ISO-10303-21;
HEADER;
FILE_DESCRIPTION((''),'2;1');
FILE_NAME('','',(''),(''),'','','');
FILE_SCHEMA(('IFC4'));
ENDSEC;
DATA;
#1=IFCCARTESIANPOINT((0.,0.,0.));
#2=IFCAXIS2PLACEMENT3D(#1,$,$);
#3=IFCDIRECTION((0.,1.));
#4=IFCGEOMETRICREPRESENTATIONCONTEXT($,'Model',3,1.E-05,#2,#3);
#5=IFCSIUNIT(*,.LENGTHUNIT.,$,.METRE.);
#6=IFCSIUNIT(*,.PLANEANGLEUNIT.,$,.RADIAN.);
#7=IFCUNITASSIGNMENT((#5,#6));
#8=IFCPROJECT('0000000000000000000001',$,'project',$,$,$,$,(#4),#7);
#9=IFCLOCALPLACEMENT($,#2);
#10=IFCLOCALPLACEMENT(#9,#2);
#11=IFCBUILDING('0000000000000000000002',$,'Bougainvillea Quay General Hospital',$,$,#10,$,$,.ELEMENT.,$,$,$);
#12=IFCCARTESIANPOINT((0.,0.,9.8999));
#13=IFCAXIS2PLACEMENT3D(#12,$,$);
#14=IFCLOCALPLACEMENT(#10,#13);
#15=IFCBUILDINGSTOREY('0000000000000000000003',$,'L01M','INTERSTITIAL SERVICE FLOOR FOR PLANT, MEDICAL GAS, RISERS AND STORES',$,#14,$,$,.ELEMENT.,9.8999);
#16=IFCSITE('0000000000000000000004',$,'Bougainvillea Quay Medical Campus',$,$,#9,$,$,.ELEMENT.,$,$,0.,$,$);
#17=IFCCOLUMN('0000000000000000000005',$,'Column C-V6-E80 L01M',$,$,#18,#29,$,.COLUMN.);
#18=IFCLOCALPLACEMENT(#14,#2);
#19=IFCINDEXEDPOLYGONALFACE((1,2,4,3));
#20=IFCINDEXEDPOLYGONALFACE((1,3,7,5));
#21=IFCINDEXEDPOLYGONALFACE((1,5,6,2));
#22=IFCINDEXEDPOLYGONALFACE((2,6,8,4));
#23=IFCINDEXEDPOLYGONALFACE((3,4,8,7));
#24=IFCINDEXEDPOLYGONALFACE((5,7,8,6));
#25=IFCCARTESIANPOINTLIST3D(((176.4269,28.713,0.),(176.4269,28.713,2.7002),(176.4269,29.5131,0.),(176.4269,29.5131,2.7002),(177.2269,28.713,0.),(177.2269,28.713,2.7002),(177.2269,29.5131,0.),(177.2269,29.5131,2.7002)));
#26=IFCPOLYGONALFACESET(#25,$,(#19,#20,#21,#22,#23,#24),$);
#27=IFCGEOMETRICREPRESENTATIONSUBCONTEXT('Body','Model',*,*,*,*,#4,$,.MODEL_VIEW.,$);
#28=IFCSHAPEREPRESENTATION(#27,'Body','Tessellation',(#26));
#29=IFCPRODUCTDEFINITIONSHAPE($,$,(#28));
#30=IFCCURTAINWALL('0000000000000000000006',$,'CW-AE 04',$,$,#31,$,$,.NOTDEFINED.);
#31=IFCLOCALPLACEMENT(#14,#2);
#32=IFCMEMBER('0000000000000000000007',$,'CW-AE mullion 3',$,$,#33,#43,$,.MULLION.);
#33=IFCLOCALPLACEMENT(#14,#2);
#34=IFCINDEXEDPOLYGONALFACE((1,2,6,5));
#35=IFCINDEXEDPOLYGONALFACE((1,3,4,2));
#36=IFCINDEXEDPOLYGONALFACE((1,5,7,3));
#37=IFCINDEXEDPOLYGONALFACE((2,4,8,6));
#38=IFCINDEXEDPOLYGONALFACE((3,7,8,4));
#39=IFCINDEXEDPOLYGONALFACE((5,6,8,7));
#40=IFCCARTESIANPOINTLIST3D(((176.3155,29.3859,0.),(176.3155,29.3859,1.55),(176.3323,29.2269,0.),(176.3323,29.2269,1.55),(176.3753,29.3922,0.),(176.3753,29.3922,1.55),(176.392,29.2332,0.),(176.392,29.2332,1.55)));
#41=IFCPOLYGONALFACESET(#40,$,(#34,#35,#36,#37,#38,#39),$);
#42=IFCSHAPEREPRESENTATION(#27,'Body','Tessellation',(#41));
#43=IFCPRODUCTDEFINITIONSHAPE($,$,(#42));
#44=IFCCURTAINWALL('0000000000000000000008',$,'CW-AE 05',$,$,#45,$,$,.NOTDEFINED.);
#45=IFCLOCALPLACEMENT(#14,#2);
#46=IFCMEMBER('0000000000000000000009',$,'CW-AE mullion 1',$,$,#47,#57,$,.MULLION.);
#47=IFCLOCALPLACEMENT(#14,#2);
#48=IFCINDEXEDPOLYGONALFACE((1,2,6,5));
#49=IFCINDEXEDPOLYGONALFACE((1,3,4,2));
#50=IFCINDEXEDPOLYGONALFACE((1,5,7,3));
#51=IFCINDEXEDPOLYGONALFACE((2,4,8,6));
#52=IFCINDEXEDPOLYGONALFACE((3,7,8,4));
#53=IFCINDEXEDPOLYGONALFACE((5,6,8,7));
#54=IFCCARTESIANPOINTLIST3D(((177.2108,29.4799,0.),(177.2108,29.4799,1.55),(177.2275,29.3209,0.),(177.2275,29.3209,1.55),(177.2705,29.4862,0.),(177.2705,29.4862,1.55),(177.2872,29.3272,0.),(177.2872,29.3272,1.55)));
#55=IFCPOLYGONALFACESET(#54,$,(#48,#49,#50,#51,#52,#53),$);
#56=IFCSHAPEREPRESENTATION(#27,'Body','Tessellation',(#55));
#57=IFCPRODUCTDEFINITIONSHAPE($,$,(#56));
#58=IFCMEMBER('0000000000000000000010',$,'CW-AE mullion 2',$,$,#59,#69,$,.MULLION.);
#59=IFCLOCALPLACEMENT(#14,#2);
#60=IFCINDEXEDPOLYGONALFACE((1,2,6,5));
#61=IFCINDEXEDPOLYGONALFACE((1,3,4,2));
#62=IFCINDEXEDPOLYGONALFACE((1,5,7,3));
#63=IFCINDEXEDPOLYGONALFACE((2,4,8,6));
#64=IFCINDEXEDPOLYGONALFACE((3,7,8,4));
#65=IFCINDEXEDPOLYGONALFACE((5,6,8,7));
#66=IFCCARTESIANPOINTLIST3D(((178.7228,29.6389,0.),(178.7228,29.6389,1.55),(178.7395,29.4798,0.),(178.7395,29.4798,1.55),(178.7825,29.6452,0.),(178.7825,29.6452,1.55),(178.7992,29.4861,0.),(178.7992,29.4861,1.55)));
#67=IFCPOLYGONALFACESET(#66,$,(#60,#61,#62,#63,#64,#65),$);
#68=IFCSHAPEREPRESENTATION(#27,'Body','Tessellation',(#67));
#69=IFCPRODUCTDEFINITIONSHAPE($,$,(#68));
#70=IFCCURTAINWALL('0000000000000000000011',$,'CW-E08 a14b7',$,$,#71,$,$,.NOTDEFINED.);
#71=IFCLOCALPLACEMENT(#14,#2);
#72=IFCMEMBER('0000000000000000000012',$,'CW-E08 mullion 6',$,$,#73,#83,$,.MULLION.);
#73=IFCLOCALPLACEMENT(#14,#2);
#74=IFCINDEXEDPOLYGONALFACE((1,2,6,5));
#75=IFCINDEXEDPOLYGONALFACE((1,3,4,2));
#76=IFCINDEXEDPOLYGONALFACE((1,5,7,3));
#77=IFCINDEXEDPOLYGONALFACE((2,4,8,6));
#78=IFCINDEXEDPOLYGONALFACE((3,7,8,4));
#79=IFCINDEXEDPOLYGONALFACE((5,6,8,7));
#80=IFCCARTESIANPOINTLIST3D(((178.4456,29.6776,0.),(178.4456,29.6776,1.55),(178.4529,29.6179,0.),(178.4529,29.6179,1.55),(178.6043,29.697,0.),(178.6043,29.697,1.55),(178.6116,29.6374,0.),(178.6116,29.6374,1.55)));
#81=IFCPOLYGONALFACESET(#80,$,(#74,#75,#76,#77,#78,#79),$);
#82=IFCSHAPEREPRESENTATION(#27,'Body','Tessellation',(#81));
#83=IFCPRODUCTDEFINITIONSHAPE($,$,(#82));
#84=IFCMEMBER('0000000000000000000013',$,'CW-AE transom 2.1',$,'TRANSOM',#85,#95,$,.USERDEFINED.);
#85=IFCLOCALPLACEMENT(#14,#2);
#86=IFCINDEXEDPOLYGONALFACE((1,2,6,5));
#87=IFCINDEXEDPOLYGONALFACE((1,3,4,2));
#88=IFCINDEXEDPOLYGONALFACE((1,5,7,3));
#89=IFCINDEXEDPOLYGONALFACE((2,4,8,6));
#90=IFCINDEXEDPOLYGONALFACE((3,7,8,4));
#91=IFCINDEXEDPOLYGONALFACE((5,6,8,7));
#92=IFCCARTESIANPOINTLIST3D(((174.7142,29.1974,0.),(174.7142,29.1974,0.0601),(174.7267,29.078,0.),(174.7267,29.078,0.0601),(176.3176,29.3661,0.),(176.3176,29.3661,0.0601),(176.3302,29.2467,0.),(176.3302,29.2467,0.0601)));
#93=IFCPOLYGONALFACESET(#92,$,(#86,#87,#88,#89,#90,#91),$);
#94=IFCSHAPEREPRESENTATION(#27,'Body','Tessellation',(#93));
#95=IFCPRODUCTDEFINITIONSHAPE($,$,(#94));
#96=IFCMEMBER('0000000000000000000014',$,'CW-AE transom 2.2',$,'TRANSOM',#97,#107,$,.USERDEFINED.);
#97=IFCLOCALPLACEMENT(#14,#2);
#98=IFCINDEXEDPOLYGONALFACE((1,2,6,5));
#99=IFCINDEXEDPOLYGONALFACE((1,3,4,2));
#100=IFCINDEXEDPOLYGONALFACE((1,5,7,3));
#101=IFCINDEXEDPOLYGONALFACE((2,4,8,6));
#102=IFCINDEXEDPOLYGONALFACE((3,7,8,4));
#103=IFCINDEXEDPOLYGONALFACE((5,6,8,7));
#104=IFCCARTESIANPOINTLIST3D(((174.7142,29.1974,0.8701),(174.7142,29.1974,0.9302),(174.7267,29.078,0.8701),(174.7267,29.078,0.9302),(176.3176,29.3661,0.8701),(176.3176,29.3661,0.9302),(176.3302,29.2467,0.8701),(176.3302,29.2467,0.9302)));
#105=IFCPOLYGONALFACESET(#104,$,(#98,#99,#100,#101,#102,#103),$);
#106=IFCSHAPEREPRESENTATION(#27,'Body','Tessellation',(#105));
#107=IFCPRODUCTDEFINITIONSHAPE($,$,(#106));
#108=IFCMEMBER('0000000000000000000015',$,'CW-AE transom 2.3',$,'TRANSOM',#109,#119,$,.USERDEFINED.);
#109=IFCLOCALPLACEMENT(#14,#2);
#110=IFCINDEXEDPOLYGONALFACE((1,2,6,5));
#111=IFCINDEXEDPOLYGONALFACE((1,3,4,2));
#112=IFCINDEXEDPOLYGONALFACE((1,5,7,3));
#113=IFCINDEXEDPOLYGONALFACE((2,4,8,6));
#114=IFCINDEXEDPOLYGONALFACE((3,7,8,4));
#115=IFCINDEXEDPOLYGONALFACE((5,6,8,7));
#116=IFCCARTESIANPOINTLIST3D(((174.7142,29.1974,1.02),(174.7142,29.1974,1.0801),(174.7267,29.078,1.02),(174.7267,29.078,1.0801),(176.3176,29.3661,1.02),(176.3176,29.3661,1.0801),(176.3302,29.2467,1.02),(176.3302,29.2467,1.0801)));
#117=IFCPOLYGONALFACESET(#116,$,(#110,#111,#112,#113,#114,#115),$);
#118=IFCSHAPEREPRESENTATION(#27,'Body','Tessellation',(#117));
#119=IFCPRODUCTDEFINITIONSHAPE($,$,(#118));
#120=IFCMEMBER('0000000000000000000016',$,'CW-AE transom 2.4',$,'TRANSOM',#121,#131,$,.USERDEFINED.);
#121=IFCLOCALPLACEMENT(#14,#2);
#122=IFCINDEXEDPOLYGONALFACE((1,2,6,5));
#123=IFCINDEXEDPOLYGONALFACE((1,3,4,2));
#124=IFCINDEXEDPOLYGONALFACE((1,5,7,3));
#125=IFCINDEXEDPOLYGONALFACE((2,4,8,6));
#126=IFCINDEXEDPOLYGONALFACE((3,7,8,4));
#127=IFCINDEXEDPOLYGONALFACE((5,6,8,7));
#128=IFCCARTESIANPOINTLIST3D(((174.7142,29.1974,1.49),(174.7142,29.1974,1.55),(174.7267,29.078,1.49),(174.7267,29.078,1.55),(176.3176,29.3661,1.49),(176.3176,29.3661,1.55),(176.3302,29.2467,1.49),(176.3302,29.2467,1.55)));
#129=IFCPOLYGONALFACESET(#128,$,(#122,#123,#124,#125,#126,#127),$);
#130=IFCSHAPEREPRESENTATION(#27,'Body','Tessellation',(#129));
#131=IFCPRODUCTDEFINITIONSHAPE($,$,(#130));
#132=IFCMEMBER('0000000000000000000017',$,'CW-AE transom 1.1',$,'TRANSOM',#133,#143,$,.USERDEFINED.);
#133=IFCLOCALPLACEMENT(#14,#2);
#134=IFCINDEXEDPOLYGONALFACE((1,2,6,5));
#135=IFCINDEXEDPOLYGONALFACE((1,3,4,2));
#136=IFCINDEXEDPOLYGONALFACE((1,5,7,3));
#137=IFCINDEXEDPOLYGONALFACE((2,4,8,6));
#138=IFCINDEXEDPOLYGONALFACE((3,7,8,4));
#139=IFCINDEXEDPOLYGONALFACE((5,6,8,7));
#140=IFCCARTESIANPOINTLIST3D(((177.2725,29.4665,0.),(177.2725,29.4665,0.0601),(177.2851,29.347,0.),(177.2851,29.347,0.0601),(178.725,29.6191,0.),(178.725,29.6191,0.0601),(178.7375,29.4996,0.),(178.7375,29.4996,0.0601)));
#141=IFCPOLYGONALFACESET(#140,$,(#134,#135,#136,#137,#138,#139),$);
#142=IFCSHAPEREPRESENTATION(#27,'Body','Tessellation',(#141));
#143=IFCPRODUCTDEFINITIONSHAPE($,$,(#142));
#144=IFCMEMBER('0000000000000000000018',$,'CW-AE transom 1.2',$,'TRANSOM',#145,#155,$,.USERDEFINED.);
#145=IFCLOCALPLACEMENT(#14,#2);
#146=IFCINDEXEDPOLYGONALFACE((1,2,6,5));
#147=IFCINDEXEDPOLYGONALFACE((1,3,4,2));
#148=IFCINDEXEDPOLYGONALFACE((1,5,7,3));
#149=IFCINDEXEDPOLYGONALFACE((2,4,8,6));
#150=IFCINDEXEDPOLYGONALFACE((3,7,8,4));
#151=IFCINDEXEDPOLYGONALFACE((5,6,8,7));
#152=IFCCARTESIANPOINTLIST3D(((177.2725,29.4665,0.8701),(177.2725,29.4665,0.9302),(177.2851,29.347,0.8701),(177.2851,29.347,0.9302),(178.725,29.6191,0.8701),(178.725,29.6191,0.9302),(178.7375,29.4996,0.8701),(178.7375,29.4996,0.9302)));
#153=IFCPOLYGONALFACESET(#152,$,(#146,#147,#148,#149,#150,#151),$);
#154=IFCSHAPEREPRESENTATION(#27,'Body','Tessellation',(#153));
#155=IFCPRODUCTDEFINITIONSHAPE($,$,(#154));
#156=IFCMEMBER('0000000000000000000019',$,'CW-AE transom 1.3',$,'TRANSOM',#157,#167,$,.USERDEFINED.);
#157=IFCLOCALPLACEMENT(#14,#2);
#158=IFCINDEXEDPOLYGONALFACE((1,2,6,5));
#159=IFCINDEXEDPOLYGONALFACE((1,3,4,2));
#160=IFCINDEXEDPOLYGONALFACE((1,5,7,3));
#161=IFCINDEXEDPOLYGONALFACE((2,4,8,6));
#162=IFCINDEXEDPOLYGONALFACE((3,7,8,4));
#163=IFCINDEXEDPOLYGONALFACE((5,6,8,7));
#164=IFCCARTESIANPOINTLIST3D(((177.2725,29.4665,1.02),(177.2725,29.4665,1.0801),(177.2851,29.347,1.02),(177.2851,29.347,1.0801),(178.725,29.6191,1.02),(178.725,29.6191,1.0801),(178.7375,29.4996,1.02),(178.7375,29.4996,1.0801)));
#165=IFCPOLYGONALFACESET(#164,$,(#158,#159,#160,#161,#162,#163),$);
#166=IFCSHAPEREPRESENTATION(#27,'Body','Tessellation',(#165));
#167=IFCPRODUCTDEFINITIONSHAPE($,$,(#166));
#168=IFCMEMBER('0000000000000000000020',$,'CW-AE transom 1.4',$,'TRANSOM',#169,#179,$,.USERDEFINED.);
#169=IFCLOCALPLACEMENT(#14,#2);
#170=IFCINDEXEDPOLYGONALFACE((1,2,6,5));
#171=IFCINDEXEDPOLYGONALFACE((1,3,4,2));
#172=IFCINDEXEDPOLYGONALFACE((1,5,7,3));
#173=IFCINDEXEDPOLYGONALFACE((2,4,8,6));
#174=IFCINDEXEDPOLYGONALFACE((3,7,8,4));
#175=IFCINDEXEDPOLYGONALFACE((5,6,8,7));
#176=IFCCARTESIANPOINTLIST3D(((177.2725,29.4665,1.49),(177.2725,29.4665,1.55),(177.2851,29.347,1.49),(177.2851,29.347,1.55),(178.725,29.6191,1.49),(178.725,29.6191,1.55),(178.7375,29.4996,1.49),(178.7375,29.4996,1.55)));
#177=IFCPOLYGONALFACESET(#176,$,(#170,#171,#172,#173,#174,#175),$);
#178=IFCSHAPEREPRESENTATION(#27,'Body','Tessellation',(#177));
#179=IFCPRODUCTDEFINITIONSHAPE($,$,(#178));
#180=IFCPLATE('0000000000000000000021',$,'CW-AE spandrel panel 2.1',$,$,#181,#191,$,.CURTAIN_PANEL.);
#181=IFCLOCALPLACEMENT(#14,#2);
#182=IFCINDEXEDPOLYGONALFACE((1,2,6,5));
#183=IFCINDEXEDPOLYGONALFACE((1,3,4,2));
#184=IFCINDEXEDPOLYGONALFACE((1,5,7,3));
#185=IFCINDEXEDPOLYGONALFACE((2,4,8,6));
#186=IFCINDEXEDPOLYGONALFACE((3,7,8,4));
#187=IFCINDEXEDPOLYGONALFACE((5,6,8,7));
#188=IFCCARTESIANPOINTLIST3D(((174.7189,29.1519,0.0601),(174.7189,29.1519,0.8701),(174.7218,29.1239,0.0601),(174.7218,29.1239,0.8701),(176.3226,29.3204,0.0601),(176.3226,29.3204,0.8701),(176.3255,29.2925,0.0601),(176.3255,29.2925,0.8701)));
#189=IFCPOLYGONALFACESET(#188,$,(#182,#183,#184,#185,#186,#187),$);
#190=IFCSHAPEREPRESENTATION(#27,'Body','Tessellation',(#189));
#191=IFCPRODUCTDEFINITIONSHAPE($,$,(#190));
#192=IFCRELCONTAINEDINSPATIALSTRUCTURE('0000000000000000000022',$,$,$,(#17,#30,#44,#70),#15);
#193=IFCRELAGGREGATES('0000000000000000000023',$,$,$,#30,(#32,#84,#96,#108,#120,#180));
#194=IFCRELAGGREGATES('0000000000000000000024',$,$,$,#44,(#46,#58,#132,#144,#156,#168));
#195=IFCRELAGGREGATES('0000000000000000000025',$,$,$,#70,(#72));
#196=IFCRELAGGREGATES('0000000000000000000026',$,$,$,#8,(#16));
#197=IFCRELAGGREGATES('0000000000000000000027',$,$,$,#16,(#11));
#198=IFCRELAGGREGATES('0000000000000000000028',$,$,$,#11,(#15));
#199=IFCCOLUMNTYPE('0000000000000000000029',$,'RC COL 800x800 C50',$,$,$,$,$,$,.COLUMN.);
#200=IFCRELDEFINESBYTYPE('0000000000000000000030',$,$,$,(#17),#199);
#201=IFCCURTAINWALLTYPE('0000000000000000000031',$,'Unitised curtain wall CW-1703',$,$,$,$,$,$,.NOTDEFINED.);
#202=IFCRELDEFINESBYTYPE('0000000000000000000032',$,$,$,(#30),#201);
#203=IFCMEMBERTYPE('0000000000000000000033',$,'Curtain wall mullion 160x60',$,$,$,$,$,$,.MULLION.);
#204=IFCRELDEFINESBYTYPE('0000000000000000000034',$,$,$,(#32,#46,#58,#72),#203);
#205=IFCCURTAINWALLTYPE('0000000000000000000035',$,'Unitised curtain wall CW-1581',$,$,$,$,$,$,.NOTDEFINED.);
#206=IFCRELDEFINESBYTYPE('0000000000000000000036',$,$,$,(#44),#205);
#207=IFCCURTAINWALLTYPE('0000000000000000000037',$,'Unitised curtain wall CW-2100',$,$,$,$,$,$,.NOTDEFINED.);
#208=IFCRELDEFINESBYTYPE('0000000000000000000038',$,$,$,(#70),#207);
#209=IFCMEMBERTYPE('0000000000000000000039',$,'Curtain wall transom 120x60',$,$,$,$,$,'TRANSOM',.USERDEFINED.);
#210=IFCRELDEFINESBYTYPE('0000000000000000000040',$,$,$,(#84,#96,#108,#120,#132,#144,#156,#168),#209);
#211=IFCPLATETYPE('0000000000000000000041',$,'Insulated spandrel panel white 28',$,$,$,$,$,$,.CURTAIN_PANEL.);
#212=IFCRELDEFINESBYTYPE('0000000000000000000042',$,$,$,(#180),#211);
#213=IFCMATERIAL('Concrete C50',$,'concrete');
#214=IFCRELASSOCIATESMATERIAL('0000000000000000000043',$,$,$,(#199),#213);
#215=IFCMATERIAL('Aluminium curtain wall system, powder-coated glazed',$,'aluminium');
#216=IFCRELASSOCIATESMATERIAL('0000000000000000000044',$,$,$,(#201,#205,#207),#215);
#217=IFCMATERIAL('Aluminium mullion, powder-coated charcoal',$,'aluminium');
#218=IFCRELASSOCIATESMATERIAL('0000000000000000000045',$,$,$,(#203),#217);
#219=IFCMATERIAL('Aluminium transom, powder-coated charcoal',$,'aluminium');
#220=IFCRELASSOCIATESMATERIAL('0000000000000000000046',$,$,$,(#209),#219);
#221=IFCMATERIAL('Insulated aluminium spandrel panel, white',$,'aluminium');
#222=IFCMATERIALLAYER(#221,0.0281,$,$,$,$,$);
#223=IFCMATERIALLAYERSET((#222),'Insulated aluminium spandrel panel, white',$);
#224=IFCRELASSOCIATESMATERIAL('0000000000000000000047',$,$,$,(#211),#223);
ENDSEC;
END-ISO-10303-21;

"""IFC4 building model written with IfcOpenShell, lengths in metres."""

from ifc_helpers import new_model, si_unit, direction, frame, origin, origin_2d, place, context, subcontext, project, spatial, rectangle, extrude, material, layer, layer_set, material_profile, profile_set, type_object, element, aggregate, save


model = new_model("IFC4")

# Units and contexts
model_context = context("Model", 3, precision=1e-05, world=origin(), true_north=direction((0.0, 1.0)))
body_context = subcontext(model_context, "Body", "Model", "MODEL_VIEW")
ifc_project = project(units=[si_unit("LENGTHUNIT", "METRE"), si_unit("PLANEANGLEUNIT", "RADIAN")], contexts=[model_context])

# Site, building, storey
site_placement = place(None, origin())
site = spatial("IfcSite", under=ifc_project, at=site_placement, Name="Bougainvillea Quay Medical Campus", CompositionType="ELEMENT", RefElevation=0.0)
building_placement = place(site_placement, origin())
building = spatial("IfcBuilding", under=site, at=building_placement, Name="Bougainvillea Quay General Hospital", CompositionType="ELEMENT")
storey_placement = place(building_placement, frame((0.0, 0.0, 9.8999)))
storey = spatial("IfcBuildingStorey", under=building, at=storey_placement, Name="L01M", Description="INTERSTITIAL SERVICE FLOOR FOR PLANT, MEDICAL GAS, RISERS AND STORES", CompositionType="ELEMENT", Elevation=9.8999)

# Column
ifc_material_1 = material(Name="Concrete C50", Category="concrete")
ifc_material_profile_1 = material_profile(ifc_material_1, rectangle(XDim=0.8, YDim=0.8, at=origin_2d()))
ifc_profile_set_1 = profile_set([ifc_material_profile_1], Name="Concrete C50")
column_type = type_object("IfcColumnType", Name="RC COL 800x800 C50", PredefinedType="COLUMN", material=ifc_profile_set_1)
column_placement = place(storey_placement, frame((176.8269, 29.113, 0.0), z_axis=(0.0, 0.0, 1.0), x_axis=(1.0, 0.0, 0.0)))
element("IfcColumn", 1, at=column_placement, inside=storey, type_object=column_type, Name="Column C-V6-E80 L01M", PredefinedType="COLUMN", context=body_context, shape_type="SweptSolid", body=[
    extrude(rectangle(XDim=0.8, YDim=0.8, at=origin_2d()), origin(), (0.0, 0.0, 1.0), 2.7002),
])

# Curtain wall, member
ifc_material_2 = material(Name="Aluminium curtain wall system, powder-coated glazed", Category="aluminium")
curtain_wall_type_1 = type_object("IfcCurtainWallType", Name="Unitised curtain wall CW-1703", PredefinedType="NOTDEFINED", material=ifc_material_2)
curtain_wall_1_placement = place(storey_placement, origin())
curtain_wall_1 = element("IfcCurtainWall", 2, at=curtain_wall_1_placement, inside=storey, type_object=curtain_wall_type_1, Name="CW-AE 04", PredefinedType="NOTDEFINED")
ifc_material_3 = material(Name="Aluminium mullion, powder-coated charcoal", Category="aluminium")
ifc_material_profile_2 = material_profile(ifc_material_3, rectangle(XDim=0.1599, YDim=0.0601, at=origin_2d()))
ifc_profile_set_2 = profile_set([ifc_material_profile_2], Name="Aluminium mullion, powder-coated charcoal")
member_type_1 = type_object("IfcMemberType", Name="Curtain wall mullion 160x60", PredefinedType="MULLION", material=ifc_profile_set_2)
member_1_placement = place(storey_placement, frame((176.3538, 29.3096, 0.0), z_axis=(0.0, 0.0, 1.0), x_axis=(-0.104527, 0.994522, 0.0)))
member_1 = element("IfcMember", 3, at=member_1_placement, type_object=member_type_1, Name="CW-AE mullion 3", PredefinedType="MULLION", context=body_context, shape_type="SweptSolid", body=[
    extrude(rectangle(XDim=0.1599, YDim=0.0601, at=origin_2d()), origin(), (0.0, 0.0, 1.0), 1.55),
])

# Curtain wall, members
curtain_wall_type_2 = type_object("IfcCurtainWallType", Name="Unitised curtain wall CW-1581", PredefinedType="NOTDEFINED", material=ifc_material_2)
curtain_wall_2_placement = place(storey_placement, origin())
curtain_wall_2 = element("IfcCurtainWall", 4, at=curtain_wall_2_placement, inside=storey, type_object=curtain_wall_type_2, Name="CW-AE 05", PredefinedType="NOTDEFINED")
member_2_placement = place(storey_placement, frame((177.249, 29.4036, 0.0), z_axis=(0.0, 0.0, 1.0), x_axis=(-0.104527, 0.994522, 0.0)))
member_2 = element("IfcMember", 5, at=member_2_placement, type_object=member_type_1, Name="CW-AE mullion 1", PredefinedType="MULLION", context=body_context, shape_type="SweptSolid", body=[
    extrude(rectangle(XDim=0.1599, YDim=0.0601, at=origin_2d()), origin(), (0.0, 0.0, 1.0), 1.55),
])
member_3_placement = place(storey_placement, frame((178.761, 29.5625, 0.0), z_axis=(0.0, 0.0, 1.0), x_axis=(-0.104527, 0.994522, 0.0)))
member_3 = element("IfcMember", 6, at=member_3_placement, type_object=member_type_1, Name="CW-AE mullion 2", PredefinedType="MULLION", context=body_context, shape_type="SweptSolid", body=[
    extrude(rectangle(XDim=0.1599, YDim=0.0601, at=origin_2d()), origin(), (0.0, 0.0, 1.0), 1.55),
])

# Curtain wall, member
curtain_wall_type_3 = type_object("IfcCurtainWallType", Name="Unitised curtain wall CW-2100", PredefinedType="NOTDEFINED", material=ifc_material_2)
curtain_wall_3_placement = place(storey_placement, origin())
curtain_wall_3 = element("IfcCurtainWall", 7, at=curtain_wall_3_placement, inside=storey, type_object=curtain_wall_type_3, Name="CW-E08 a14b7", PredefinedType="NOTDEFINED")
member_4_placement = place(storey_placement, frame((178.5286, 29.6575, 0.0), z_axis=(0.0, 0.0, 1.0), x_axis=(0.992584, 0.121558, 0.0)))
member_4 = element("IfcMember", 8, at=member_4_placement, type_object=member_type_1, Name="CW-E08 mullion 6", PredefinedType="MULLION", context=body_context, shape_type="SweptSolid", body=[
    extrude(rectangle(XDim=0.1599, YDim=0.0601, at=origin_2d()), origin(), (0.0, 0.0, 1.0), 1.55),
])

# Members
ifc_material_4 = material(Name="Aluminium transom, powder-coated charcoal", Category="aluminium")
ifc_material_profile_3 = material_profile(ifc_material_4, rectangle(XDim=0.1201, YDim=0.0601, at=origin_2d()))
ifc_profile_set_3 = profile_set([ifc_material_profile_3], Name="Aluminium transom, powder-coated charcoal")
member_type_2 = type_object("IfcMemberType", Name="Curtain wall transom 120x60", ElementType="TRANSOM", PredefinedType="USERDEFINED", material=ifc_profile_set_3)
member_5_placement = place(storey_placement, frame((174.7205, 29.1377, 0.03), z_axis=(0.994511, 0.10463, 0.0), x_axis=(-0.10463, 0.994511, 0.0)))
member_5 = element("IfcMember", 9, at=member_5_placement, type_object=member_type_2, Name="CW-AE transom 2.1", ObjectType="TRANSOM", PredefinedType="USERDEFINED", context=body_context, shape_type="SweptSolid", body=[
    extrude(rectangle(XDim=0.1201, YDim=0.0601, at=origin_2d()), origin(), (0.0, 0.0, 1.0), 1.6123),
])
member_6_placement = place(storey_placement, frame((174.7205, 29.1377, 0.9001), z_axis=(0.994511, 0.10463, 0.0), x_axis=(-0.10463, 0.994511, 0.0)))
member_6 = element("IfcMember", 10, at=member_6_placement, type_object=member_type_2, Name="CW-AE transom 2.2", ObjectType="TRANSOM", PredefinedType="USERDEFINED", context=body_context, shape_type="SweptSolid", body=[
    extrude(rectangle(XDim=0.1201, YDim=0.0601, at=origin_2d()), origin(), (0.0, 0.0, 1.0), 1.6123),
])
member_7_placement = place(storey_placement, frame((174.7205, 29.1377, 1.05), z_axis=(0.994511, 0.10463, 0.0), x_axis=(-0.10463, 0.994511, 0.0)))
member_7 = element("IfcMember", 11, at=member_7_placement, type_object=member_type_2, Name="CW-AE transom 2.3", ObjectType="TRANSOM", PredefinedType="USERDEFINED", context=body_context, shape_type="SweptSolid", body=[
    extrude(rectangle(XDim=0.1201, YDim=0.0601, at=origin_2d()), origin(), (0.0, 0.0, 1.0), 1.6123),
])
member_8_placement = place(storey_placement, frame((174.7205, 29.1377, 1.52), z_axis=(0.994511, 0.10463, 0.0), x_axis=(-0.10463, 0.994511, 0.0)))
member_8 = element("IfcMember", 12, at=member_8_placement, type_object=member_type_2, Name="CW-AE transom 2.4", ObjectType="TRANSOM", PredefinedType="USERDEFINED", context=body_context, shape_type="SweptSolid", body=[
    extrude(rectangle(XDim=0.1201, YDim=0.0601, at=origin_2d()), origin(), (0.0, 0.0, 1.0), 1.6123),
])
member_9_placement = place(storey_placement, frame((177.2788, 29.4067, 0.03), z_axis=(0.994527, 0.104485, 0.0), x_axis=(-0.104485, 0.994527, 0.0)))
member_9 = element("IfcMember", 13, at=member_9_placement, type_object=member_type_2, Name="CW-AE transom 1.1", ObjectType="TRANSOM", PredefinedType="USERDEFINED", context=body_context, shape_type="SweptSolid", body=[
    extrude(rectangle(XDim=0.1201, YDim=0.0601, at=origin_2d()), origin(), (0.0, 0.0, 1.0), 1.4604),
])
member_10_placement = place(storey_placement, frame((177.2788, 29.4067, 0.9001), z_axis=(0.994527, 0.104485, 0.0), x_axis=(-0.104485, 0.994527, 0.0)))
member_10 = element("IfcMember", 14, at=member_10_placement, type_object=member_type_2, Name="CW-AE transom 1.2", ObjectType="TRANSOM", PredefinedType="USERDEFINED", context=body_context, shape_type="SweptSolid", body=[
    extrude(rectangle(XDim=0.1201, YDim=0.0601, at=origin_2d()), origin(), (0.0, 0.0, 1.0), 1.4604),
])
member_11_placement = place(storey_placement, frame((177.2788, 29.4067, 1.05), z_axis=(0.994527, 0.104485, 0.0), x_axis=(-0.104485, 0.994527, 0.0)))
member_11 = element("IfcMember", 15, at=member_11_placement, type_object=member_type_2, Name="CW-AE transom 1.3", ObjectType="TRANSOM", PredefinedType="USERDEFINED", context=body_context, shape_type="SweptSolid", body=[
    extrude(rectangle(XDim=0.1201, YDim=0.0601, at=origin_2d()), origin(), (0.0, 0.0, 1.0), 1.4604),
])
member_12_placement = place(storey_placement, frame((177.2788, 29.4067, 1.52), z_axis=(0.994527, 0.104485, 0.0), x_axis=(-0.104485, 0.994527, 0.0)))
member_12 = element("IfcMember", 16, at=member_12_placement, type_object=member_type_2, Name="CW-AE transom 1.4", ObjectType="TRANSOM", PredefinedType="USERDEFINED", context=body_context, shape_type="SweptSolid", body=[
    extrude(rectangle(XDim=0.1201, YDim=0.0601, at=origin_2d()), origin(), (0.0, 0.0, 1.0), 1.4604),
])

# Plate
ifc_material_5 = material(Name="Insulated aluminium spandrel panel, white", Category="aluminium")
ifc_layer_1 = layer(ifc_material_5, 0.0281)
ifc_layer_set_1 = layer_set([ifc_layer_1], Name="Insulated aluminium spandrel panel, white")
plate_type_1 = type_object("IfcPlateType", Name="Insulated spandrel panel white 28", PredefinedType="CURTAIN_PANEL", material=ifc_layer_set_1)
plate_1_placement = place(storey_placement, frame((175.5222, 29.2222, 0.0601), z_axis=(0.0, 0.0, 1.0), x_axis=(0.994522, 0.104527, 0.0)))
plate_1 = element("IfcPlate", 17, at=plate_1_placement, type_object=plate_type_1, Name="CW-AE spandrel panel 2.1", PredefinedType="CURTAIN_PANEL", context=body_context, shape_type="SweptSolid", body=[
    extrude(rectangle(XDim=1.6125, YDim=0.0281, at=origin_2d()), origin(), (0.0, 0.0, 1.0), 0.8101),
])
aggregate(curtain_wall_1, [member_1, member_5, member_6, member_7, member_8, plate_1])
aggregate(curtain_wall_2, [member_2, member_3, member_9, member_10, member_11, member_12])
aggregate(curtain_wall_3, [member_4])

save(model, "model.ifc")
